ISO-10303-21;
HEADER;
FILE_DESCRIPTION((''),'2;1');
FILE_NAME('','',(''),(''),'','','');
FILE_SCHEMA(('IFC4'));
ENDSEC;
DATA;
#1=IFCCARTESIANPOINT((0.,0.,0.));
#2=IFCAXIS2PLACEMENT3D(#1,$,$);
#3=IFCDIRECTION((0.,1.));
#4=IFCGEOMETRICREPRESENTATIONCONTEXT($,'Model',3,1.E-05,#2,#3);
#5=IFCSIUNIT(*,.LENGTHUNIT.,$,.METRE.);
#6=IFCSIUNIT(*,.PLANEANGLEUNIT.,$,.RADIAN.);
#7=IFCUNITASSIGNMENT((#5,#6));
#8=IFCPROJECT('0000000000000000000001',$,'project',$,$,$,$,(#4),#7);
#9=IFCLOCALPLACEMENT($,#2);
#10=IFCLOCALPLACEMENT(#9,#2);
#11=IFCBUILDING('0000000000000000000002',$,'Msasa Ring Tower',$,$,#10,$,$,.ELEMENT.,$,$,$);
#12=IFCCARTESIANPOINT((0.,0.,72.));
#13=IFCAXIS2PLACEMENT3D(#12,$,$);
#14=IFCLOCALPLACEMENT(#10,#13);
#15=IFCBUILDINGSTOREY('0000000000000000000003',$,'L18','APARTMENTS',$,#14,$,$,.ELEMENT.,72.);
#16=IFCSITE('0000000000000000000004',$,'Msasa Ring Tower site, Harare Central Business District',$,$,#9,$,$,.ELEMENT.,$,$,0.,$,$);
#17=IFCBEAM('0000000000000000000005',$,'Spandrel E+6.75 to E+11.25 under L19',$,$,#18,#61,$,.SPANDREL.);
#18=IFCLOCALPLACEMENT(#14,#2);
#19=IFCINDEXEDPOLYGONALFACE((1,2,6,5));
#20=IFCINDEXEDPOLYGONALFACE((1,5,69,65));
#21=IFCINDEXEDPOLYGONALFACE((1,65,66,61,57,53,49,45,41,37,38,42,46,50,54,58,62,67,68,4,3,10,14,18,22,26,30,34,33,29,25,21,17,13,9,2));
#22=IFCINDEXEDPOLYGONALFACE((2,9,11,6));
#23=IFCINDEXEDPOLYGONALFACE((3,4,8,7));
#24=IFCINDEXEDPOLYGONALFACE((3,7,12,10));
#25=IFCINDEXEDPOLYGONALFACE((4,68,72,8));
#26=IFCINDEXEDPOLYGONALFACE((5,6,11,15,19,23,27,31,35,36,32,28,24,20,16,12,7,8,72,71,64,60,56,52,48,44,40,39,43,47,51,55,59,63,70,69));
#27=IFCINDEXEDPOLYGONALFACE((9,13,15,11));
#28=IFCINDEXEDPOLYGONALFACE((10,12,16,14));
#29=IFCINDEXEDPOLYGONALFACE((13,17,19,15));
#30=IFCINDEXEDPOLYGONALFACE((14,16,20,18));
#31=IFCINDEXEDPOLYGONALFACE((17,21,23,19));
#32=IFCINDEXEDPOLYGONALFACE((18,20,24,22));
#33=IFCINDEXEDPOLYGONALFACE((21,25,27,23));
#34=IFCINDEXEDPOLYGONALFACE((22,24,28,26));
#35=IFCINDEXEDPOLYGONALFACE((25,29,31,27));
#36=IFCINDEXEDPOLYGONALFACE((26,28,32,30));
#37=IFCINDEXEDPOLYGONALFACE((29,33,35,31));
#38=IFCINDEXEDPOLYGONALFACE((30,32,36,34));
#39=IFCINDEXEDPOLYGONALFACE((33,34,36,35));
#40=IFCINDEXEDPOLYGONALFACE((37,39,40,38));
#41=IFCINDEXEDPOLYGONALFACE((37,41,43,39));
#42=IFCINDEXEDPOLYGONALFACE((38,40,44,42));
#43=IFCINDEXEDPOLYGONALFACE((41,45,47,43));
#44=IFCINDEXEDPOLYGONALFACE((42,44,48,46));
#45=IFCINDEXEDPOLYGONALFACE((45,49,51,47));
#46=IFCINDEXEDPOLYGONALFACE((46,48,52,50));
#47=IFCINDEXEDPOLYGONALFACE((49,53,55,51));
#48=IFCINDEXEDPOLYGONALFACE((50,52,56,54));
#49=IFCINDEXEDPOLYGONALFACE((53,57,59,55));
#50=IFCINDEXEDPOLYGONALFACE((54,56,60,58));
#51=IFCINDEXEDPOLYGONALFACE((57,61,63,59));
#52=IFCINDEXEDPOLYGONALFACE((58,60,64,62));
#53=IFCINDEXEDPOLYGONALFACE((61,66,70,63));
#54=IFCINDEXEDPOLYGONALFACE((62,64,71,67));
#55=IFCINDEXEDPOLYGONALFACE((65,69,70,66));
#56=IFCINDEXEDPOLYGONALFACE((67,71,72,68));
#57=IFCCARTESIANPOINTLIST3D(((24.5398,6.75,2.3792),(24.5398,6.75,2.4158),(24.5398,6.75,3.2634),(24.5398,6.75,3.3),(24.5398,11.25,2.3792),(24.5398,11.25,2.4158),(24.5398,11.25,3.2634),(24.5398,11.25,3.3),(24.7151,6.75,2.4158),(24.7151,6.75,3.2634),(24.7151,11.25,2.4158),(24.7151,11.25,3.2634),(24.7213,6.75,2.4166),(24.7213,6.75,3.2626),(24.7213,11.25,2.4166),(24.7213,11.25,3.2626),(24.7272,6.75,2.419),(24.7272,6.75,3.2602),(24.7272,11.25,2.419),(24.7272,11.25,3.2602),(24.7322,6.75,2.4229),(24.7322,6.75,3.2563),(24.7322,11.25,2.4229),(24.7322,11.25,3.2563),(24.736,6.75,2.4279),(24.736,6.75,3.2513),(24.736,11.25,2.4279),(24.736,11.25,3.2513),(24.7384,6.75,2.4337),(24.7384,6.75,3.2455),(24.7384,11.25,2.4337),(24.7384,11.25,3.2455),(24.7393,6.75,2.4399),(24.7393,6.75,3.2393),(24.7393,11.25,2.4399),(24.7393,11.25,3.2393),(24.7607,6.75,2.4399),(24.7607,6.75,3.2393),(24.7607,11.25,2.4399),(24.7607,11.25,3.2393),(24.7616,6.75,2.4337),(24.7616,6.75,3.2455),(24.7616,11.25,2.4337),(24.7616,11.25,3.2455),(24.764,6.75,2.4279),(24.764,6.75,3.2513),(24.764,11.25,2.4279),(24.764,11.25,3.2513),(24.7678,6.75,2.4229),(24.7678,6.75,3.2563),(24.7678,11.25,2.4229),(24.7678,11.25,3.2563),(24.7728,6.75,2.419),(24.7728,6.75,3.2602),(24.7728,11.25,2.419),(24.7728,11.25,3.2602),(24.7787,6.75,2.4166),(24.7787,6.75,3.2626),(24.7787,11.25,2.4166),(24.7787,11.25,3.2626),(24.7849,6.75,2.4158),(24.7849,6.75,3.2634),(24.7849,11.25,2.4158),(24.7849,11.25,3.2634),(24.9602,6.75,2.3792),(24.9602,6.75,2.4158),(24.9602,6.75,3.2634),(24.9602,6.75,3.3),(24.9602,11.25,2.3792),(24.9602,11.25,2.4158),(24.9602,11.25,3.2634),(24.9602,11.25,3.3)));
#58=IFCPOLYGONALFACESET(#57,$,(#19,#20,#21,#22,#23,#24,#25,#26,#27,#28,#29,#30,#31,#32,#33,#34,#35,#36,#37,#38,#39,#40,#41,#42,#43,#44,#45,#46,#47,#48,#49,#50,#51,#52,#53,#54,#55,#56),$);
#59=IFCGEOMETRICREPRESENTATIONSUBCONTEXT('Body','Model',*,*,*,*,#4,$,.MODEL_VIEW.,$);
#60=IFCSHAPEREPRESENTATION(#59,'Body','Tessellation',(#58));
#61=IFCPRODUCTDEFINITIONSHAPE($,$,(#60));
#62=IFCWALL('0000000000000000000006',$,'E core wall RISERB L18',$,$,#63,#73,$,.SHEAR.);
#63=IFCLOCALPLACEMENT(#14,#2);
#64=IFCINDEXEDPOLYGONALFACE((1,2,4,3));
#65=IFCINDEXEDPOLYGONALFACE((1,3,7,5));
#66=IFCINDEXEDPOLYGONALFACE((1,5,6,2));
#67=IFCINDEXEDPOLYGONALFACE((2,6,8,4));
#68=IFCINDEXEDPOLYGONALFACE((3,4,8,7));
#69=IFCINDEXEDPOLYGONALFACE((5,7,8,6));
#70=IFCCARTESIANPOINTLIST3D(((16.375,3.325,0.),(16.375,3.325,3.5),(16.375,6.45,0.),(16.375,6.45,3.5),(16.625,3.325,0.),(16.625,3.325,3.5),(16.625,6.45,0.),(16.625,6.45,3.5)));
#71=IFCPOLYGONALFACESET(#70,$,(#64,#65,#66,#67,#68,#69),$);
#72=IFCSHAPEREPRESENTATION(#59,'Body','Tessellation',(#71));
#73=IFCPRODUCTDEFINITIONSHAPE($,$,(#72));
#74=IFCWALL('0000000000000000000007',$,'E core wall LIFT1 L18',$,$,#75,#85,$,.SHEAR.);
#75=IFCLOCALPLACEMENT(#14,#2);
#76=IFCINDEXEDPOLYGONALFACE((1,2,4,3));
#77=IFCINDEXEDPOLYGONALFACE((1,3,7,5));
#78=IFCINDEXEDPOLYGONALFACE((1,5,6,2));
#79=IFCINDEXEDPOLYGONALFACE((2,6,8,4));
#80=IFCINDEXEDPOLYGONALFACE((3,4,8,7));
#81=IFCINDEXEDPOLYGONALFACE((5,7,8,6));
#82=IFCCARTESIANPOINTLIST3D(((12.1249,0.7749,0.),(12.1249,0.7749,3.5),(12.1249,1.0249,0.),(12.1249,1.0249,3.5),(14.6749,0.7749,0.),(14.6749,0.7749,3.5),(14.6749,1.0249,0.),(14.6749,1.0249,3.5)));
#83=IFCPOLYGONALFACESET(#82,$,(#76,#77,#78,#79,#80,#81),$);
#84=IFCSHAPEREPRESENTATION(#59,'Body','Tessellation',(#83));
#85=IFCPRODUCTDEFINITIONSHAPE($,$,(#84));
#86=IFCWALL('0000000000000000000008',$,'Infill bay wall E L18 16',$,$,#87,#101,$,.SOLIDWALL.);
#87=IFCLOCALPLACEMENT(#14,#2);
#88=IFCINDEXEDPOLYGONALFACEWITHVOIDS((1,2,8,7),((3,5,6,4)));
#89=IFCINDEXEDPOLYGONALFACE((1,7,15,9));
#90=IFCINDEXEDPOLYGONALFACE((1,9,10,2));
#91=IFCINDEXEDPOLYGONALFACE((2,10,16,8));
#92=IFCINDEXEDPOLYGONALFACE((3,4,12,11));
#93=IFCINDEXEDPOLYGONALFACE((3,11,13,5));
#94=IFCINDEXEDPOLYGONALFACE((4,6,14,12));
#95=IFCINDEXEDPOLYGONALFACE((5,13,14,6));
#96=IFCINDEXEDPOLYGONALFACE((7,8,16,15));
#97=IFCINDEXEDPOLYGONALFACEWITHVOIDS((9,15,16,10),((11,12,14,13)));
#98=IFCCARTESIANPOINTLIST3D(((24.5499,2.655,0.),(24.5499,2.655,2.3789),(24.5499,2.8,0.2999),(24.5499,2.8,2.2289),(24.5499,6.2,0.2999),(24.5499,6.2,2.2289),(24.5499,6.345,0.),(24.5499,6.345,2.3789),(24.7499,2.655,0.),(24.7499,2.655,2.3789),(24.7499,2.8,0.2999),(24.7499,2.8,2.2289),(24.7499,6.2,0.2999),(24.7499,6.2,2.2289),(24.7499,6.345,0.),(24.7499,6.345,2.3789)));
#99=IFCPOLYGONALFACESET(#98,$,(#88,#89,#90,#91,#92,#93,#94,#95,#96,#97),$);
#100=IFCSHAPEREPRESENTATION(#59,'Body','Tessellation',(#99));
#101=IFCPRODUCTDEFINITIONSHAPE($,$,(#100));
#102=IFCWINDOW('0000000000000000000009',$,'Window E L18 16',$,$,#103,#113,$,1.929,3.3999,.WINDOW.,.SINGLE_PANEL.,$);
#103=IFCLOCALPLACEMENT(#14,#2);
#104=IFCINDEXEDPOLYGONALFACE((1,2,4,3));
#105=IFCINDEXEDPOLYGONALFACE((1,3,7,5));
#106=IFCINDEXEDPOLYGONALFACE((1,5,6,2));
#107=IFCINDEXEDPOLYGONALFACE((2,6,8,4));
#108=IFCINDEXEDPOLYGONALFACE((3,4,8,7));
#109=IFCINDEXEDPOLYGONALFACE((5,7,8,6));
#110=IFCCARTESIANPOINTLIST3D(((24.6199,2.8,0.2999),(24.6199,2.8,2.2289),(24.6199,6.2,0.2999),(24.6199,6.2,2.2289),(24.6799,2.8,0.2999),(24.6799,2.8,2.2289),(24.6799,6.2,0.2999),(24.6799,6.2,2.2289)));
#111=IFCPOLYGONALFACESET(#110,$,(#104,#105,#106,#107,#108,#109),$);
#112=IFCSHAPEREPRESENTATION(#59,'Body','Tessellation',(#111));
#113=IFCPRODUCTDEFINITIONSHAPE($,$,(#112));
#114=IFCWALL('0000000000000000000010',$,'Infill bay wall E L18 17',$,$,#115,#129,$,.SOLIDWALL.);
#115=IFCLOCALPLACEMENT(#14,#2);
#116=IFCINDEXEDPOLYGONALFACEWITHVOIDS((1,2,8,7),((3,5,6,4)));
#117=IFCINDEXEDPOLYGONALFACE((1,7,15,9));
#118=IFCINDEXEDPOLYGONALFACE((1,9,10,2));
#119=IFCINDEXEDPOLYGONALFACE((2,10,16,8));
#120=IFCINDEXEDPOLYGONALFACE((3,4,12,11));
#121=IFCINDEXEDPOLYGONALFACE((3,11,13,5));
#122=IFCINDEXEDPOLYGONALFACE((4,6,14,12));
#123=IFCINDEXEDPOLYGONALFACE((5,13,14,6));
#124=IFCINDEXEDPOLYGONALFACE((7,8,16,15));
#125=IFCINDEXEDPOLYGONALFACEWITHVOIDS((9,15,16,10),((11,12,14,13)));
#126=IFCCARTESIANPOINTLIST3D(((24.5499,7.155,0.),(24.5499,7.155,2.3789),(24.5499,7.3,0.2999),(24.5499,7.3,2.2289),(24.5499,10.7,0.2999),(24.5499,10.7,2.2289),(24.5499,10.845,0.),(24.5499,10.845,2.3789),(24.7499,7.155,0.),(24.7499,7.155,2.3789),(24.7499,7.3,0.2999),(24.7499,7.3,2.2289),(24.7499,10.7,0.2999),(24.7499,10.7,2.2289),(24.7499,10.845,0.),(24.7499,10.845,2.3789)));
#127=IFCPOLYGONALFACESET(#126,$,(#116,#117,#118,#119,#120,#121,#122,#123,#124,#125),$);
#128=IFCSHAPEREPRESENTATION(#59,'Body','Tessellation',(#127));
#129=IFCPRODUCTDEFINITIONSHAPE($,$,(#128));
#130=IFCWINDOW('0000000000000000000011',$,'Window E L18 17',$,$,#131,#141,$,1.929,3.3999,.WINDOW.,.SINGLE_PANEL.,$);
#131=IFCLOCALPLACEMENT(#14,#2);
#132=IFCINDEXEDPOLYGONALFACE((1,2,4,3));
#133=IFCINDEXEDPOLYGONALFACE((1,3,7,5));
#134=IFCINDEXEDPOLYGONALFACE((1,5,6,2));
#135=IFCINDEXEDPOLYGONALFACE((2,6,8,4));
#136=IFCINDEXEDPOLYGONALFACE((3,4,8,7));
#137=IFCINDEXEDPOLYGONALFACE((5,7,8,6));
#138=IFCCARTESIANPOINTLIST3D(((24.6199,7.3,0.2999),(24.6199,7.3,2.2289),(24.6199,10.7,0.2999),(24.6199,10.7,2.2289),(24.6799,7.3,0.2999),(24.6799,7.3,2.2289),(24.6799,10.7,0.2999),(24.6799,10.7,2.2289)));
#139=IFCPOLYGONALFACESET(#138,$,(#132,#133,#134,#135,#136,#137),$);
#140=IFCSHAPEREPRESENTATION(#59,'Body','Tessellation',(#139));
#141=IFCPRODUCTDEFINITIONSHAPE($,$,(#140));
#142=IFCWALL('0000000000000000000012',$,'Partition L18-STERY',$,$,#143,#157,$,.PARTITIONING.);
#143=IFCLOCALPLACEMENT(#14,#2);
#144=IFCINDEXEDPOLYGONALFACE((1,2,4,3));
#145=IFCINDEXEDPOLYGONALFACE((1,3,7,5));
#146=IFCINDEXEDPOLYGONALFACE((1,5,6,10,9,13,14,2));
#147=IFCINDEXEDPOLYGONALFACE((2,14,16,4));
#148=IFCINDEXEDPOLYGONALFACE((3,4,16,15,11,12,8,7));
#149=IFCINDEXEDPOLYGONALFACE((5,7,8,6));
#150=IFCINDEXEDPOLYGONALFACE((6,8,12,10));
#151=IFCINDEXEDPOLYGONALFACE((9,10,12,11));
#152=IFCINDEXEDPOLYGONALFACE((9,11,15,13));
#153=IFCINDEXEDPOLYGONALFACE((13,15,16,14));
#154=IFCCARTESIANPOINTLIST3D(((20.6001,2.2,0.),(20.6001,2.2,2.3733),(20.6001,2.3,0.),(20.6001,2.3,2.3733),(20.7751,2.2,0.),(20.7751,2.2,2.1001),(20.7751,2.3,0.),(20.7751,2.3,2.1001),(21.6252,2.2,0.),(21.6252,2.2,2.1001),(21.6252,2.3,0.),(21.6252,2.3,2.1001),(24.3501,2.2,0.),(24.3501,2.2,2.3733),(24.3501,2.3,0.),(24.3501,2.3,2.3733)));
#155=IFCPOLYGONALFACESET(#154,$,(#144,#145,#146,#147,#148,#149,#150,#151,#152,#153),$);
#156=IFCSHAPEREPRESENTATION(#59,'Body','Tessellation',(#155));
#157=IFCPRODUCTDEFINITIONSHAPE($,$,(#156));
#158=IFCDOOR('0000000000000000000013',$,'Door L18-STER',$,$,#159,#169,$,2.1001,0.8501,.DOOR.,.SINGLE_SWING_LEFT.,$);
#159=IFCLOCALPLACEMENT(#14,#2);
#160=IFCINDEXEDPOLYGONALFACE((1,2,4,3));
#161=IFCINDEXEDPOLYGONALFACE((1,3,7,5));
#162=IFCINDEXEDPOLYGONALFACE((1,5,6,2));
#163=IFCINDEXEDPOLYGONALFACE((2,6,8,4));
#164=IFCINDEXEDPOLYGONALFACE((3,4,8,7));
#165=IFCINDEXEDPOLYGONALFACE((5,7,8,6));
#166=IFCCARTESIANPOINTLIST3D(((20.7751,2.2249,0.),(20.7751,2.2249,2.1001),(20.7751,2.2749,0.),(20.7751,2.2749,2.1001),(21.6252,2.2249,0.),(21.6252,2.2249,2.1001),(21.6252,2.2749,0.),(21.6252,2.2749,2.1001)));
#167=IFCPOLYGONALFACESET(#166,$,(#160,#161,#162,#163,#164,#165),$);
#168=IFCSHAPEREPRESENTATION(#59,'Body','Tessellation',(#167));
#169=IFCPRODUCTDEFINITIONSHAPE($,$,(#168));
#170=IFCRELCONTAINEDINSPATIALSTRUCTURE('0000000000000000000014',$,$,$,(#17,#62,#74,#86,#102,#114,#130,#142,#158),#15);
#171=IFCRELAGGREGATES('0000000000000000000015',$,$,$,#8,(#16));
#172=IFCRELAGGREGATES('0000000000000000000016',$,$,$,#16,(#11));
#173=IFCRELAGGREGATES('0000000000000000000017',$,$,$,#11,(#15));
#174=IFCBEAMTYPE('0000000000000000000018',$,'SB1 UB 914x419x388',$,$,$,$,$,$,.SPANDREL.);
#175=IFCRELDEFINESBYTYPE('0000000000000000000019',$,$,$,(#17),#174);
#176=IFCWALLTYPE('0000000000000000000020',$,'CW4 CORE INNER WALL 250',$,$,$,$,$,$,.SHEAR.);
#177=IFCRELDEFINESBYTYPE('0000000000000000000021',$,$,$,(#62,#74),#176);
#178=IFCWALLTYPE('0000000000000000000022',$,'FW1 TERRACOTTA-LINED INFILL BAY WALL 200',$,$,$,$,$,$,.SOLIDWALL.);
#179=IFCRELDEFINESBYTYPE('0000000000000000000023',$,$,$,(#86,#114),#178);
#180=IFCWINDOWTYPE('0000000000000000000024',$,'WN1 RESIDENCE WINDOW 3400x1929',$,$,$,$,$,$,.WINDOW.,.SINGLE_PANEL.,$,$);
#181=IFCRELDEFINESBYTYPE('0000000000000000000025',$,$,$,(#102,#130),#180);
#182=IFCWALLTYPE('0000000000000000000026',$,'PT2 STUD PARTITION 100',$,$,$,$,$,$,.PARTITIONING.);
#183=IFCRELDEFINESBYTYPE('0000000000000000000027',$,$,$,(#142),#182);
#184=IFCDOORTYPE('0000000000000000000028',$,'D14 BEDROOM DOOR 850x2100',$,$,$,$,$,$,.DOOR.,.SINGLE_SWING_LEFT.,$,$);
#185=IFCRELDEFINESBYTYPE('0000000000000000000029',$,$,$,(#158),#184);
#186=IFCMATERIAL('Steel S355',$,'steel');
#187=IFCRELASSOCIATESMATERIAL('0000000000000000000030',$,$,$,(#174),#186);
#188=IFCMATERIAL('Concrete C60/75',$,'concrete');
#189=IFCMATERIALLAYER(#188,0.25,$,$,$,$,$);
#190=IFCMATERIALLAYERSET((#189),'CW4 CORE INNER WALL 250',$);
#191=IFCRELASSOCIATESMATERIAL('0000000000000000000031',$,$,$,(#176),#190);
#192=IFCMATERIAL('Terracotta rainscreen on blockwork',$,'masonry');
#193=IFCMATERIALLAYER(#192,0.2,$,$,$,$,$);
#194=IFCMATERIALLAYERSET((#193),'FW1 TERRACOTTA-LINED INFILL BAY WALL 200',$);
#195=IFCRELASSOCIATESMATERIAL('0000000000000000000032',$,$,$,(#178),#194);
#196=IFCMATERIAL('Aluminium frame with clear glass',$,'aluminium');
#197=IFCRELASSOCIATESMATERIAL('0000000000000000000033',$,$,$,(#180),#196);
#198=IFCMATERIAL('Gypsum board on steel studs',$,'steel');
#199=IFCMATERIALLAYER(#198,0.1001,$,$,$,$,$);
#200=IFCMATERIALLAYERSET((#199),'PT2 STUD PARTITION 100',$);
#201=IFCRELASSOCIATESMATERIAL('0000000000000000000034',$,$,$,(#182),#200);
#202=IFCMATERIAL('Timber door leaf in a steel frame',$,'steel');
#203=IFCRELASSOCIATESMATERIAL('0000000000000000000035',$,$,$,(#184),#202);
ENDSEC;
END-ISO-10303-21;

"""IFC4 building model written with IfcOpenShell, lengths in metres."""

from ifc_helpers import new_model, si_unit, direction, frame, frame_2d, origin, origin_2d, place, context, subcontext, project, spatial, rectangle, i_section, extrude, material, layer, layer_set, material_profile, profile_set, type_object, element, fill, save


model = new_model("IFC4")

# Units and contexts
model_context = context("Model", 3, precision=1e-05, world=origin(), true_north=direction((0.0, 1.0)))
body_context = subcontext(model_context, "Body", "Model", "MODEL_VIEW")
ifc_project = project(units=[si_unit("LENGTHUNIT", "METRE"), si_unit("PLANEANGLEUNIT", "RADIAN")], contexts=[model_context])

# Site, building, storey
site_placement = place(None, origin())
site = spatial("IfcSite", under=ifc_project, at=site_placement, Name="Msasa Ring Tower site, Harare Central Business District", CompositionType="ELEMENT", RefElevation=0.0)
building_placement = place(site_placement, origin())
building = spatial("IfcBuilding", under=site, at=building_placement, Name="Msasa Ring Tower", CompositionType="ELEMENT")
storey_placement = place(building_placement, frame((0.0, 0.0, 72.0)))
storey = spatial("IfcBuildingStorey", under=building, at=storey_placement, Name="L18", Description="APARTMENTS", CompositionType="ELEMENT", Elevation=72.0)

# Beam
ifc_material_1 = material(Name="Steel S355", Category="steel")
ifc_material_profile_1 = material_profile(ifc_material_1, i_section(OverallWidth=0.4204, OverallDepth=0.9209, WebThickness=0.0215, FlangeThickness=0.0366, FilletRadius=0.0242, at=origin_2d()), Name="UB 914x419x388")
ifc_profile_set_1 = profile_set([ifc_material_profile_1], Name="Steel S355")
beam_type_1 = type_object("IfcBeamType", Name="SB1 UB 914x419x388", PredefinedType="SPANDREL", material=ifc_profile_set_1)
for number, where, z_axis, x_axis, name in (
    (1, (24.75, 6.75, 2.8396), (0.0, 1.0, 0.0), (-1.0, 0.0, 0.0), "Spandrel E+6.75 to E+11.25 under L19"),
):
    element("IfcBeam", number, at=place(storey_placement, frame(where, z_axis=z_axis, x_axis=x_axis)), inside=storey, type_object=beam_type_1, Name=name, PredefinedType="SPANDREL", context=body_context, shape_type="SweptSolid", body=[
        extrude(i_section(OverallWidth=0.4204, OverallDepth=0.9209, WebThickness=0.0215, FlangeThickness=0.0366, FilletRadius=0.0242, at=origin_2d()), origin(), (0.0, 0.0, 1.0), 4.5),
    ])

# Walls
ifc_material_2 = material(Name="Concrete C60/75", Category="concrete")
ifc_layer_1 = layer(ifc_material_2, 0.25)
ifc_layer_set_1 = layer_set([ifc_layer_1], Name="CW4 CORE INNER WALL 250")
wall_type_1 = type_object("IfcWallType", Name="CW4 CORE INNER WALL 250", PredefinedType="SHEAR", material=ifc_layer_set_1)
wall_1_placement = place(storey_placement, frame((16.5, 3.325, 0.0), z_axis=(0.0, 0.0, 1.0), x_axis=(0.0, 1.0, 0.0)))
element("IfcWall", 2, at=wall_1_placement, inside=storey, type_object=wall_type_1, Name="E core wall RISERB L18", PredefinedType="SHEAR", context=body_context, shape_type="SweptSolid", body=[
    extrude(rectangle(XDim=3.125, YDim=0.25, at=frame_2d((1.5625, 0.0))), origin(), (0.0, 0.0, 1.0), 3.5),
])
wall_2_placement = place(storey_placement, frame((12.125, 0.8999, 0.0), z_axis=(0.0, 0.0, 1.0), x_axis=(1.0, 0.0, 0.0)))
element("IfcWall", 3, at=wall_2_placement, inside=storey, type_object=wall_type_1, Name="E core wall LIFT1 L18", PredefinedType="SHEAR", context=body_context, shape_type="SweptSolid", body=[
    extrude(rectangle(XDim=2.55, YDim=0.25, at=frame_2d((1.2749, 0.0))), origin(), (0.0, 0.0, 1.0), 3.5),
])

# Walls, openings, windows
ifc_material_3 = material(Name="Terracotta rainscreen on blockwork", Category="masonry")
ifc_layer_2 = layer(ifc_material_3, 0.2)
ifc_layer_set_2 = layer_set([ifc_layer_2], Name="FW1 TERRACOTTA-LINED INFILL BAY WALL 200")
wall_type_2 = type_object("IfcWallType", Name="FW1 TERRACOTTA-LINED INFILL BAY WALL 200", PredefinedType="SOLIDWALL", material=ifc_layer_set_2)
wall_3_placement = place(storey_placement, frame((24.6499, 2.655, 0.0), z_axis=(0.0, 0.0, 1.0), x_axis=(0.0, 1.0, 0.0)))
wall_3 = element("IfcWall", 4, at=wall_3_placement, inside=storey, type_object=wall_type_2, Name="Infill bay wall E L18 16", PredefinedType="SOLIDWALL", context=body_context, shape_type="SweptSolid", body=[
    extrude(rectangle(XDim=3.6899, YDim=0.2, at=frame_2d((1.845, 0.0))), origin(), (0.0, 0.0, 1.0), 2.3789),
])
opening_1_placement = place(wall_3_placement, frame((0.145, 0.0, 0.3)))
opening_1 = element("IfcOpeningElement", 5, at=opening_1_placement, cuts=wall_3, PredefinedType="OPENING", context=body_context, shape_type="SweptSolid", body=[
    extrude(rectangle(XDim=3.3999, YDim=1.929, at=frame_2d((1.7, 0.9644))), frame((0.0, 0.1099, 0.0), z_axis=(0.0, -1.0, 0.0), x_axis=(1.0, 0.0, 0.0)), (0.0, 0.0, 1.0), 0.22),
])
ifc_material_4 = material(Name="Aluminium frame with clear glass", Category="aluminium")
window_type = type_object("IfcWindowType", Name="WN1 RESIDENCE WINDOW 3400x1929", PartitioningType="SINGLE_PANEL", PredefinedType="WINDOW", material=ifc_material_4)
window_1_placement = place(opening_1_placement, origin())
window_1 = element("IfcWindow", 6, at=window_1_placement, inside=storey, type_object=window_type, Name="Window E L18 16", OverallHeight=1.929, OverallWidth=3.3999, PartitioningType="SINGLE_PANEL", PredefinedType="WINDOW", context=body_context, shape_type="SweptSolid", body=[
    extrude(rectangle(XDim=3.3999, YDim=1.929, at=frame_2d((1.7, 0.9644))), frame((0.0, 0.03, 0.0), z_axis=(0.0, -1.0, 0.0), x_axis=(1.0, 0.0, 0.0)), (0.0, 0.0, 1.0), 0.0601),
])
fill(opening_1, window_1)
wall_4_placement = place(storey_placement, frame((24.6499, 7.155, 0.0), z_axis=(0.0, 0.0, 1.0), x_axis=(0.0, 1.0, 0.0)))
wall_4 = element("IfcWall", 7, at=wall_4_placement, inside=storey, type_object=wall_type_2, Name="Infill bay wall E L18 17", PredefinedType="SOLIDWALL", context=body_context, shape_type="SweptSolid", body=[
    extrude(rectangle(XDim=3.6899, YDim=0.2, at=frame_2d((1.845, 0.0))), origin(), (0.0, 0.0, 1.0), 2.3789),
])
opening_2_placement = place(wall_4_placement, frame((0.145, 0.0, 0.3)))
opening_2 = element("IfcOpeningElement", 8, at=opening_2_placement, cuts=wall_4, PredefinedType="OPENING", context=body_context, shape_type="SweptSolid", body=[
    extrude(rectangle(XDim=3.3999, YDim=1.929, at=frame_2d((1.7, 0.9644))), frame((0.0, 0.1099, 0.0), z_axis=(0.0, -1.0, 0.0), x_axis=(1.0, 0.0, 0.0)), (0.0, 0.0, 1.0), 0.22),
])
window_2_placement = place(opening_2_placement, origin())
window_2 = element("IfcWindow", 9, at=window_2_placement, inside=storey, type_object=window_type, Name="Window E L18 17", OverallHeight=1.929, OverallWidth=3.3999, PartitioningType="SINGLE_PANEL", PredefinedType="WINDOW", context=body_context, shape_type="SweptSolid", body=[
    extrude(rectangle(XDim=3.3999, YDim=1.929, at=frame_2d((1.7, 0.9644))), frame((0.0, 0.03, 0.0), z_axis=(0.0, -1.0, 0.0), x_axis=(1.0, 0.0, 0.0)), (0.0, 0.0, 1.0), 0.0601),
])
fill(opening_2, window_2)

# Wall, opening, door
ifc_material_5 = material(Name="Gypsum board on steel studs", Category="steel")
ifc_layer_3 = layer(ifc_material_5, 0.1001)
ifc_layer_set_3 = layer_set([ifc_layer_3], Name="PT2 STUD PARTITION 100")
wall_type_3 = type_object("IfcWallType", Name="PT2 STUD PARTITION 100", PredefinedType="PARTITIONING", material=ifc_layer_set_3)
wall_5_placement = place(storey_placement, frame((20.6001, 2.25, 0.0), z_axis=(0.0, 0.0, 1.0), x_axis=(1.0, 0.0, 0.0)))
wall_5 = element("IfcWall", 10, at=wall_5_placement, inside=storey, type_object=wall_type_3, Name="Partition L18-STERY", PredefinedType="PARTITIONING", context=body_context, shape_type="SweptSolid", body=[
    extrude(rectangle(XDim=3.75, YDim=0.1001, at=frame_2d((1.875, 0.0))), origin(), (0.0, 0.0, 1.0), 2.3733),
])
opening_3_placement = place(wall_5_placement, frame((0.175, 0.0, 0.0)))
opening_3 = element("IfcOpeningElement", 11, at=opening_3_placement, cuts=wall_5, PredefinedType="OPENING", context=body_context, shape_type="SweptSolid", body=[
    extrude(rectangle(XDim=0.8501, YDim=2.1001, at=frame_2d((0.425, 1.05))), frame((0.0, 0.0601, 0.0), z_axis=(0.0, -1.0, 0.0), x_axis=(1.0, 0.0, 0.0)), (0.0, 0.0, 1.0), 0.1201),
])
ifc_material_6 = material(Name="Timber door leaf in a steel frame", Category="steel")
door_type_1 = type_object("IfcDoorType", Name="D14 BEDROOM DOOR 850x2100", OperationType="SINGLE_SWING_LEFT", PredefinedType="DOOR", material=ifc_material_6)
door_1_placement = place(opening_3_placement, origin())
door_1 = element("IfcDoor", 12, at=door_1_placement, inside=storey, type_object=door_type_1, Name="Door L18-STER", OperationType="SINGLE_SWING_LEFT", OverallHeight=2.1001, OverallWidth=0.8501, PredefinedType="DOOR", context=body_context, shape_type="SweptSolid", body=[
    extrude(rectangle(XDim=0.8501, YDim=2.1001, at=frame_2d((0.425, 1.05))), frame((0.0, 0.0249, 0.0), z_axis=(0.0, -1.0, 0.0), x_axis=(1.0, 0.0, 0.0)), (0.0, 0.0, 1.0), 0.05),
])
fill(opening_3, door_1)

save(model, "model.ifc")
